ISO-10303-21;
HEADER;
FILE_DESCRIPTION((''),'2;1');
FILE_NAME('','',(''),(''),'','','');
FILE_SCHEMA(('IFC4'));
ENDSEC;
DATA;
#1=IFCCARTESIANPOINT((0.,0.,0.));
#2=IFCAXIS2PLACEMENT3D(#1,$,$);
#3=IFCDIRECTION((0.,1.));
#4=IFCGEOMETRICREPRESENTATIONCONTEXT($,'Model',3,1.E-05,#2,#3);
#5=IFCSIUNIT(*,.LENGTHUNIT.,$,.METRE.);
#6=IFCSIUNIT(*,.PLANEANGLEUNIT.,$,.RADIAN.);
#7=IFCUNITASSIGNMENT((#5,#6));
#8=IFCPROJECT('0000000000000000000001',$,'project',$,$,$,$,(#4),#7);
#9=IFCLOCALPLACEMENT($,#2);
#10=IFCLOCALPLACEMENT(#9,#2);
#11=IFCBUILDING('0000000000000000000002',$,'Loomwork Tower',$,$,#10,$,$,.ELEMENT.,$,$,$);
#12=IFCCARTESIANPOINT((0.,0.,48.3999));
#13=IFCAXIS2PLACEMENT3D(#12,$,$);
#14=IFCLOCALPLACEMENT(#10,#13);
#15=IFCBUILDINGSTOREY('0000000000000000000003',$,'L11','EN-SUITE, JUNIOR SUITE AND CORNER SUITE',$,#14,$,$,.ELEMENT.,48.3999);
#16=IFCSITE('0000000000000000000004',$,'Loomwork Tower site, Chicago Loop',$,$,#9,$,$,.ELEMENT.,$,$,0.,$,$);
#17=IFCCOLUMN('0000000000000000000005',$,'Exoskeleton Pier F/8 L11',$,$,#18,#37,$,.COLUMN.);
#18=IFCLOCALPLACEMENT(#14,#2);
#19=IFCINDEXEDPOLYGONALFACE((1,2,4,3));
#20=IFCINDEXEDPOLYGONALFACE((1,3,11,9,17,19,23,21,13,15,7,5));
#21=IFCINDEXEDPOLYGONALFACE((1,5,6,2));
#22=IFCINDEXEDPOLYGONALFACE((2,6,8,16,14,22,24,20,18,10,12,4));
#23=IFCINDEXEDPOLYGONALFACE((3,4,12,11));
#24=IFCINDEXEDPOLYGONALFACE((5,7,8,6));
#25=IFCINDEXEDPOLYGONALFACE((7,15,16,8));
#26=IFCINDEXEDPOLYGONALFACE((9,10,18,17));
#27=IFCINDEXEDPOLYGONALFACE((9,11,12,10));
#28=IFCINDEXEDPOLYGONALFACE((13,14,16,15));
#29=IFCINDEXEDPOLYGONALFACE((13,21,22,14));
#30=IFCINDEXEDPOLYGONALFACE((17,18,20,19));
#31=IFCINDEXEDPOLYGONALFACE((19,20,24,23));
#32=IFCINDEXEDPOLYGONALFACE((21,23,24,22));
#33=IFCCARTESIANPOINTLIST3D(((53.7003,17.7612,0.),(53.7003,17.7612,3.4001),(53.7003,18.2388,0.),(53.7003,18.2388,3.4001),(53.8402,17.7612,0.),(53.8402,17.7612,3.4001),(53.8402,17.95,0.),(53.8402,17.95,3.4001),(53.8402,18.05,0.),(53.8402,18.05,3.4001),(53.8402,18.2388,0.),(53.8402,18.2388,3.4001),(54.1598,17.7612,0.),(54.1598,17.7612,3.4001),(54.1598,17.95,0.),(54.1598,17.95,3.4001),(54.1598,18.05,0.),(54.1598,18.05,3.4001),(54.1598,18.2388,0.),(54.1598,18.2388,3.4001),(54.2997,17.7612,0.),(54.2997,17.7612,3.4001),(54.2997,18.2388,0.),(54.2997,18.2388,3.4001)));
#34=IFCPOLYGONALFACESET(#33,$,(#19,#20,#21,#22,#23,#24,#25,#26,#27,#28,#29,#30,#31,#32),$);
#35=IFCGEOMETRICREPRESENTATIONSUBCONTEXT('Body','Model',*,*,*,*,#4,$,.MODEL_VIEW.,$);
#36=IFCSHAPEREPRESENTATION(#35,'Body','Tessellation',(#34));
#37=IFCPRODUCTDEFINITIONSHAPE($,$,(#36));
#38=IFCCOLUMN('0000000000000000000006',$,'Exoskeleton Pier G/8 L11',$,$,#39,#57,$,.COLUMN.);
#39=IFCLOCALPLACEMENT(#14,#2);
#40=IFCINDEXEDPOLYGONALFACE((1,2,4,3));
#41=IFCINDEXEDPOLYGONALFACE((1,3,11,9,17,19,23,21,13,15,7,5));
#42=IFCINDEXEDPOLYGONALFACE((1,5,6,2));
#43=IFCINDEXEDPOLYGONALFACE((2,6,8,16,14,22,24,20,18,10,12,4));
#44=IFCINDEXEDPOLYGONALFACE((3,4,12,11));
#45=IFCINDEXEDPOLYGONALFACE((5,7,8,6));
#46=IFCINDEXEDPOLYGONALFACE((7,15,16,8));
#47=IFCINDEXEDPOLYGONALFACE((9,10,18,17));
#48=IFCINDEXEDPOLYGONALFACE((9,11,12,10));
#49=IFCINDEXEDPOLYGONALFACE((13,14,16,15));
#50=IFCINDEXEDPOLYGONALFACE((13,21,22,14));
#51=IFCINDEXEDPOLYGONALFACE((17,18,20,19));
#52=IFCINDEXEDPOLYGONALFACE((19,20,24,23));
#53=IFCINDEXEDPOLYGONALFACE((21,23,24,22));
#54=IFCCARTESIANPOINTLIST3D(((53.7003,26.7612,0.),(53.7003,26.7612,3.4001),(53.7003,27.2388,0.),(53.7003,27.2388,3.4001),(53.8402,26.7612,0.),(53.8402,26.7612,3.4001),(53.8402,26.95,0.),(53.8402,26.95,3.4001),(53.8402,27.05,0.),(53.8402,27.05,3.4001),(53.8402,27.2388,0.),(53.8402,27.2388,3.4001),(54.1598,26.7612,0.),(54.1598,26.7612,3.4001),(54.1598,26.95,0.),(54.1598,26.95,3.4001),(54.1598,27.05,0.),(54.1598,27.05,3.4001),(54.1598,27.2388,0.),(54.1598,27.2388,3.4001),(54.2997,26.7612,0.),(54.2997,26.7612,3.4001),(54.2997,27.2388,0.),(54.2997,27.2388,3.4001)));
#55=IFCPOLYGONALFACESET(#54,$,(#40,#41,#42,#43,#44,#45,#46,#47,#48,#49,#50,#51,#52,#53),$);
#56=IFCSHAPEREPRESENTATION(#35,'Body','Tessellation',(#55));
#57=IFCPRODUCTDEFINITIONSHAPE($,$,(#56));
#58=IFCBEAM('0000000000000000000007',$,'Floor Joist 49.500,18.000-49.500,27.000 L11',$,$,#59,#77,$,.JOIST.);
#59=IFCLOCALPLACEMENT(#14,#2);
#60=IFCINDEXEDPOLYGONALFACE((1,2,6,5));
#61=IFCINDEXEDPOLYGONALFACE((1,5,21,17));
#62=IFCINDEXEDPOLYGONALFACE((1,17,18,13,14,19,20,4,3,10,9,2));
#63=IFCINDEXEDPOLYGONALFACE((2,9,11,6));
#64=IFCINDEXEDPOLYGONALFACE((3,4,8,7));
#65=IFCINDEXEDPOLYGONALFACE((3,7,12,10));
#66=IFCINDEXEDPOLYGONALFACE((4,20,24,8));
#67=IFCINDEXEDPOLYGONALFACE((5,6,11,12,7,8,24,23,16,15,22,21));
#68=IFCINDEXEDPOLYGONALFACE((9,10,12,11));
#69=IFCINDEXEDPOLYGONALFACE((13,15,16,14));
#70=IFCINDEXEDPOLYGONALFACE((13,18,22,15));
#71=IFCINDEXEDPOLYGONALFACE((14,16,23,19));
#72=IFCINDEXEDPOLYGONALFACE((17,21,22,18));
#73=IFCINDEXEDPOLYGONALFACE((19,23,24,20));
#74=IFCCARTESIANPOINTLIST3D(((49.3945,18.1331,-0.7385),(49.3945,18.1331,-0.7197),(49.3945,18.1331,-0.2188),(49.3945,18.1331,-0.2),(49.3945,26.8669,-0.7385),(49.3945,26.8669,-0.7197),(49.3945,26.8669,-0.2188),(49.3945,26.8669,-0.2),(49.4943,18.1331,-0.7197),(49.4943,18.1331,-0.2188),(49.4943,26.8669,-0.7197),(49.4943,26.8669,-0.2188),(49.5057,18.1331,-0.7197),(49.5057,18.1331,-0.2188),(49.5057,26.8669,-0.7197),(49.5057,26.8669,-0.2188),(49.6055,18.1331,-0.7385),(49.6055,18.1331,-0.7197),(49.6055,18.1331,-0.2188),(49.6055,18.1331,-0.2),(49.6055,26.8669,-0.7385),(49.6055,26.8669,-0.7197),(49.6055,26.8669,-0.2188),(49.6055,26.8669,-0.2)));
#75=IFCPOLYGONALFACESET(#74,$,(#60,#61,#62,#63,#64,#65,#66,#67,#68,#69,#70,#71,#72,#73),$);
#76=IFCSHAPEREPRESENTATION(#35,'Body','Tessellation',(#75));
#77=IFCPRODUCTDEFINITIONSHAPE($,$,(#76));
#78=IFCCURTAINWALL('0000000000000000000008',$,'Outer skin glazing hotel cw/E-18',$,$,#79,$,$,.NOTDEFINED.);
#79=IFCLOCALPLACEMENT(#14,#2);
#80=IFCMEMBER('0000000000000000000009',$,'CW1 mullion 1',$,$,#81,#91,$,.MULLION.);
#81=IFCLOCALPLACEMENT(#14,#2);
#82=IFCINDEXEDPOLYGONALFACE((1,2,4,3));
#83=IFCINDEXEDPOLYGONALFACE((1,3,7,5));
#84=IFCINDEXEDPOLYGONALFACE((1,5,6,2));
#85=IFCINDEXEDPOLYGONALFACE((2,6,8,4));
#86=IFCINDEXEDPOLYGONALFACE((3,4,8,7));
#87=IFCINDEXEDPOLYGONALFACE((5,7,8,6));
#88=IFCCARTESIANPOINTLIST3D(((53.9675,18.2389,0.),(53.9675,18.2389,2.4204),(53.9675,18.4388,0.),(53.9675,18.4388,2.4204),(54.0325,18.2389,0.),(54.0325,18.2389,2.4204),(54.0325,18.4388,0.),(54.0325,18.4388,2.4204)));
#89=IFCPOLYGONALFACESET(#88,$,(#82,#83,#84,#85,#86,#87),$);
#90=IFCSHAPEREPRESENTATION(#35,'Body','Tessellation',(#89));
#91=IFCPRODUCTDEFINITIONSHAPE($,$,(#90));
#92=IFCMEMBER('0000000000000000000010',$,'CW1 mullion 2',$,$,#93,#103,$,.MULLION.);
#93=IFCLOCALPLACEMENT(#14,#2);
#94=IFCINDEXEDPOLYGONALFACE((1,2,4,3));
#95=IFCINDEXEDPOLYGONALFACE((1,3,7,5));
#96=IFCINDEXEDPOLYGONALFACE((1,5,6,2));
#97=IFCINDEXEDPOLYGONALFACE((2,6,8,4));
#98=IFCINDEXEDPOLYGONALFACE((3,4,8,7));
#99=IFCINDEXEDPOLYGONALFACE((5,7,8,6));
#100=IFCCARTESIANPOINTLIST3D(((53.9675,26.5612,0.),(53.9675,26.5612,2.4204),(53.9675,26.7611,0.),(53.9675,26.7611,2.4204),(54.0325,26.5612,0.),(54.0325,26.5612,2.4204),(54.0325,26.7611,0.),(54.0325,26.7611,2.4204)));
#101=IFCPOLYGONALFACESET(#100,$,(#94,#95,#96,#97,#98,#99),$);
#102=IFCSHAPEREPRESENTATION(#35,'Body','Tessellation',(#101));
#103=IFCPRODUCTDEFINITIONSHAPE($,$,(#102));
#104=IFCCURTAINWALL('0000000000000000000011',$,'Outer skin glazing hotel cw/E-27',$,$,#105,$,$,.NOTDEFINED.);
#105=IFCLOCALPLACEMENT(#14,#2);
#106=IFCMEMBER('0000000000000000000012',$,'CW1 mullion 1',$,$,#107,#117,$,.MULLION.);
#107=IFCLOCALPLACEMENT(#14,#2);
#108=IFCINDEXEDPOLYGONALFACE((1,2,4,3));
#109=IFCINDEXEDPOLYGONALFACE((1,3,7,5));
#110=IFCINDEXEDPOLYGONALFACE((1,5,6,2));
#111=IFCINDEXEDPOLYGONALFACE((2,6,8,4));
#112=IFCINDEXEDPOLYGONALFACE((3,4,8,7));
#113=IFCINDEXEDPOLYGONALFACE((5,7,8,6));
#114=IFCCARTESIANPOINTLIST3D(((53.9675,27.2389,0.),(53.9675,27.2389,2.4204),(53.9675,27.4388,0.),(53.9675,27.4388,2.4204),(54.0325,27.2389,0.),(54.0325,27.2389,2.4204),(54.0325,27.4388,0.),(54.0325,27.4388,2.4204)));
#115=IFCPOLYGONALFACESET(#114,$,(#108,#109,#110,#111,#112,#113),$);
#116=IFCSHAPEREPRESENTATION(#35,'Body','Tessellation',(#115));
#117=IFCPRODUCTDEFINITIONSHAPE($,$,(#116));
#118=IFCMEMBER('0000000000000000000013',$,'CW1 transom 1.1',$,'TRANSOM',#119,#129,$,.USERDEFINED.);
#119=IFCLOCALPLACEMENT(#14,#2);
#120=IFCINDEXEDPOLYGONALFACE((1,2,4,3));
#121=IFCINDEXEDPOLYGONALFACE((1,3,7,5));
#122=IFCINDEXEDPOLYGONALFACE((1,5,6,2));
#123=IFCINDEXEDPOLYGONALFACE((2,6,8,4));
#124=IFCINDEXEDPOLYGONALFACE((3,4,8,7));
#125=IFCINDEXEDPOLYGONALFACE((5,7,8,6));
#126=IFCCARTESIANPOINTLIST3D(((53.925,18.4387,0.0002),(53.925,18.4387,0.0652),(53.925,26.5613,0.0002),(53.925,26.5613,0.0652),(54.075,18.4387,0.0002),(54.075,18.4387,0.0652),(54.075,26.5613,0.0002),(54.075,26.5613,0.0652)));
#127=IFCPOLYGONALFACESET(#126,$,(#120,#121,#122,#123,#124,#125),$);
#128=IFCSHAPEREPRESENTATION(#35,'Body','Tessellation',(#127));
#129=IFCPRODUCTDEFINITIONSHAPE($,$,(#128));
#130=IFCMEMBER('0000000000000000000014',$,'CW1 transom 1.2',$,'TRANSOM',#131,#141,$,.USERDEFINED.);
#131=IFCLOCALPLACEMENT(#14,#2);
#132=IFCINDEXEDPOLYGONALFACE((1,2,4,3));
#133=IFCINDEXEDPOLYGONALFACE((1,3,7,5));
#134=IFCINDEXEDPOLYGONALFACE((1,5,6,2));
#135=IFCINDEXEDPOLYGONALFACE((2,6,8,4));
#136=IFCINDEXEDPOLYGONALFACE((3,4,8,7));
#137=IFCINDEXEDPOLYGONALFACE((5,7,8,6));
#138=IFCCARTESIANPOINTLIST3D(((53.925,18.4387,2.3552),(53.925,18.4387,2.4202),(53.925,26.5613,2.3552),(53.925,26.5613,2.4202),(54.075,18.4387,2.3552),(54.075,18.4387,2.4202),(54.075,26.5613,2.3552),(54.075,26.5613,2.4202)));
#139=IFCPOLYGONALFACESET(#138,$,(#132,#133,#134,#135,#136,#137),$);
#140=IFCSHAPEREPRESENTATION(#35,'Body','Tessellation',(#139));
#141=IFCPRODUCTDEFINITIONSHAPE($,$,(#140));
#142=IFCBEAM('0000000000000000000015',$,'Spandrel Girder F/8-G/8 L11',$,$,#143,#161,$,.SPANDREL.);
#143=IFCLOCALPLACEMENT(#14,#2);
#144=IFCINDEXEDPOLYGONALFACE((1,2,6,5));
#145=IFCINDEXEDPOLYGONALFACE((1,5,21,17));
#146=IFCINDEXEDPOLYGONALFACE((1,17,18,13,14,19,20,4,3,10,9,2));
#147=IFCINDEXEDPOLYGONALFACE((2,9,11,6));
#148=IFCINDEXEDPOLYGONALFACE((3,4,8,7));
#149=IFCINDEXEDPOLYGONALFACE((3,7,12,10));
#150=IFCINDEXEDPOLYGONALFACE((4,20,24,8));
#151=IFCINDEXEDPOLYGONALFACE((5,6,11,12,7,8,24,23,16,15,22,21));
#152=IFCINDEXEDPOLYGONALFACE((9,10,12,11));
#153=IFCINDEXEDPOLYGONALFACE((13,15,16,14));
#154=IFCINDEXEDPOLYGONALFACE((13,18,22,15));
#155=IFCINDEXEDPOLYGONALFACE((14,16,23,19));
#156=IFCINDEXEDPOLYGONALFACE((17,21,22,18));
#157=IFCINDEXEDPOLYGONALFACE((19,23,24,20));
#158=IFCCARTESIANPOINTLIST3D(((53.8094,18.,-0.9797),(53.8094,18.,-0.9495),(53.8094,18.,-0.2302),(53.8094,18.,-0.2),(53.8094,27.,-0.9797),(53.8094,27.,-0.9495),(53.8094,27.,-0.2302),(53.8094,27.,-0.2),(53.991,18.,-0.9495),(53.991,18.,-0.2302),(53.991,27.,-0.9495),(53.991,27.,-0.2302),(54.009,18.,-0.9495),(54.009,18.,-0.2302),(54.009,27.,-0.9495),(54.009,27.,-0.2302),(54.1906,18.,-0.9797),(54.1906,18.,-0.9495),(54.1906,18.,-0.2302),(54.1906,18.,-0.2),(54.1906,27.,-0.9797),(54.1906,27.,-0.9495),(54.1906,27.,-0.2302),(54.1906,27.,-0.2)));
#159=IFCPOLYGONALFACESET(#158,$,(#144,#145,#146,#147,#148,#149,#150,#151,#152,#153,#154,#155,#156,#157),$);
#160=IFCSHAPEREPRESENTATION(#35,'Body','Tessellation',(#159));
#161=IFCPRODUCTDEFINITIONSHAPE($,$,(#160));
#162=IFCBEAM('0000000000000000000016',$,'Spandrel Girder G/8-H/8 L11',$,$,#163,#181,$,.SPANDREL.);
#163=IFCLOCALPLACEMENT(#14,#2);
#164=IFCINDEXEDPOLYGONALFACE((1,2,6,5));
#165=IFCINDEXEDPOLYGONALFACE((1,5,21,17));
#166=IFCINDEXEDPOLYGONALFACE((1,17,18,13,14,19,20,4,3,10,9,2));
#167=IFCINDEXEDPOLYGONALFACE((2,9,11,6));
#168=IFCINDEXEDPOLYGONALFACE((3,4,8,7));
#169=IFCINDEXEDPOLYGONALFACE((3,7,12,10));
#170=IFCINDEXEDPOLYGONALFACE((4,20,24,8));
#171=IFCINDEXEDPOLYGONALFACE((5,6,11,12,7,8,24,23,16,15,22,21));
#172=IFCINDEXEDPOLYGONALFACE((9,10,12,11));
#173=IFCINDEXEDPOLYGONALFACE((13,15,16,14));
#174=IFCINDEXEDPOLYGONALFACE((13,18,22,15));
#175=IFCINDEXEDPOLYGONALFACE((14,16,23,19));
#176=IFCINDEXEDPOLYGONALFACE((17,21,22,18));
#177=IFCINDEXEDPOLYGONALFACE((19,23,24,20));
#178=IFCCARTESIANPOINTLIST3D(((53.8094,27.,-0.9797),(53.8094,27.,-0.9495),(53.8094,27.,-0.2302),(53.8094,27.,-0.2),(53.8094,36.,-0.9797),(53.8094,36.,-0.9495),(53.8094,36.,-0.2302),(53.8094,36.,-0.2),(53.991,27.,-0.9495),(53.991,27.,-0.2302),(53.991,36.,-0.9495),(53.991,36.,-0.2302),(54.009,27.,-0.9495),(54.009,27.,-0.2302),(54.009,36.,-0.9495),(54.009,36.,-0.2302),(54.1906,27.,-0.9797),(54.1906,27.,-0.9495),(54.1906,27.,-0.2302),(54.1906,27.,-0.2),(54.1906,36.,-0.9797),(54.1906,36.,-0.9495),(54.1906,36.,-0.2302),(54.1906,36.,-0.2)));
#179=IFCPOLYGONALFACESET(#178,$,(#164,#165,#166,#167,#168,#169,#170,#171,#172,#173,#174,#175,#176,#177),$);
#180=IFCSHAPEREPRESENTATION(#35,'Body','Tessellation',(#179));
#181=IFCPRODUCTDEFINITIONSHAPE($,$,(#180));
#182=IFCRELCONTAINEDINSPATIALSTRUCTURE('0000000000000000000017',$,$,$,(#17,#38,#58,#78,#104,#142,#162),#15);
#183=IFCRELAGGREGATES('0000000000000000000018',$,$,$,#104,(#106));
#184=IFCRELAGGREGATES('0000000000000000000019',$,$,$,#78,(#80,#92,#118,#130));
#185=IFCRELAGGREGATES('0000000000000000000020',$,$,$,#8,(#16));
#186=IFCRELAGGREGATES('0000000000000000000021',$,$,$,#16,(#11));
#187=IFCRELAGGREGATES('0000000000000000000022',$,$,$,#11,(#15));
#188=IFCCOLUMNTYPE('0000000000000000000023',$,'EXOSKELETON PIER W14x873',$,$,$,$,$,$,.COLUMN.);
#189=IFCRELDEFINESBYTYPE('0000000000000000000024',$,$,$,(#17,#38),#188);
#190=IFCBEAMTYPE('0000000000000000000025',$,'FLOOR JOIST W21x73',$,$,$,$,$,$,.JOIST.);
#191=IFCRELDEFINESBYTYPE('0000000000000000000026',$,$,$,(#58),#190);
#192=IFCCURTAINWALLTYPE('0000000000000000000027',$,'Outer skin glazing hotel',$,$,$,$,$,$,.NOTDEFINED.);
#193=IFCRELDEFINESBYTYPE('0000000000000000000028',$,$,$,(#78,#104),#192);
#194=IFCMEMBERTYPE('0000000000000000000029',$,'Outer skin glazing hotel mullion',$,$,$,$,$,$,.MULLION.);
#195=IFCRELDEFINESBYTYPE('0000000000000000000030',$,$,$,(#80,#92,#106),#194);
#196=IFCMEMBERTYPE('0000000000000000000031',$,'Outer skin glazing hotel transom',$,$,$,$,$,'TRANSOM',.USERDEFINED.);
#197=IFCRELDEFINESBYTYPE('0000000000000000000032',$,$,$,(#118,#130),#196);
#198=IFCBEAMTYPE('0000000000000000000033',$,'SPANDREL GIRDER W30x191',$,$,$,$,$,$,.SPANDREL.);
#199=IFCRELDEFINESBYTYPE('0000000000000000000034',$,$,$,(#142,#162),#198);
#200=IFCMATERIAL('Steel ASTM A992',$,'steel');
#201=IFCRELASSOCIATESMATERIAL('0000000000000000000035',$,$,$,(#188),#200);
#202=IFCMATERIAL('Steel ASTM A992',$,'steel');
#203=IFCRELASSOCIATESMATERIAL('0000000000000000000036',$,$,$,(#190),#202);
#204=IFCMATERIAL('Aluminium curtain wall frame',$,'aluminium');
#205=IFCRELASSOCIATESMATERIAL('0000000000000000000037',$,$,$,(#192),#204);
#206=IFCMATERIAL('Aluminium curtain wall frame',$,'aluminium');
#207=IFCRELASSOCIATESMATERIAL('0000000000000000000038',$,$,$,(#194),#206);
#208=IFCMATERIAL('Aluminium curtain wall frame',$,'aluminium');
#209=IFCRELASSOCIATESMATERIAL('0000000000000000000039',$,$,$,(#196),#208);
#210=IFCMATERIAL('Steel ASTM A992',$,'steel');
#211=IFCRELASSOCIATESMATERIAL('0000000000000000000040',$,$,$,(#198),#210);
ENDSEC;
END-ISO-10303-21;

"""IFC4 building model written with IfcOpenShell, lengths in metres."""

from ifc_helpers import new_model, si_unit, direction, frame, origin, origin_2d, place, context, subcontext, project, spatial, rectangle, i_section, extrude, material, material_profile, profile_set, type_object, element, aggregate, save


model = new_model("IFC4")

# Units and contexts
model_context = context("Model", 3, precision=1e-05, world=origin(), true_north=direction((0.0, 1.0)))
body_context = subcontext(model_context, "Body", "Model", "MODEL_VIEW")
ifc_project = project(units=[si_unit("LENGTHUNIT", "METRE"), si_unit("PLANEANGLEUNIT", "RADIAN")], contexts=[model_context])

# Site, building, storey
site_placement = place(None, origin())
site = spatial("IfcSite", under=ifc_project, at=site_placement, Name="Loomwork Tower site, Chicago Loop", CompositionType="ELEMENT", RefElevation=0.0)
building_placement = place(site_placement, origin())
building = spatial("IfcBuilding", under=site, at=building_placement, Name="Loomwork Tower", CompositionType="ELEMENT")
storey_placement = place(building_placement, frame((0.0, 0.0, 48.3999)))
storey = spatial("IfcBuildingStorey", under=building, at=storey_placement, Name="L11", Description="EN-SUITE, JUNIOR SUITE AND CORNER SUITE", CompositionType="ELEMENT", Elevation=48.3999)

# Columns
ifc_material_1 = material(Name="Steel ASTM A992", Category="steel")
ifc_material_profile_1 = material_profile(ifc_material_1, i_section(OverallWidth=0.4775, OverallDepth=0.5994, WebThickness=0.1001, FlangeThickness=0.1399, at=origin_2d()), Name="W14x873")
ifc_profile_set_1 = profile_set([ifc_material_profile_1], Name="Steel ASTM A992")
column_type = type_object("IfcColumnType", Name="EXOSKELETON PIER W14x873", PredefinedType="COLUMN", material=ifc_profile_set_1)
for number, where, z_axis, x_axis, name in (
    (1, (54.0, 18.0, 0.0), (0.0, 0.0, 1.0), (0.0, 1.0, 0.0), "Exoskeleton Pier F/8 L11"),
    (2, (54.0, 27.0, 0.0), (0.0, 0.0, 1.0), (0.0, 1.0, 0.0), "Exoskeleton Pier G/8 L11"),
):
    element("IfcColumn", number, at=place(storey_placement, frame(where, z_axis=z_axis, x_axis=x_axis)), inside=storey, type_object=column_type, Name=name, PredefinedType="COLUMN", context=body_context, shape_type="SweptSolid", body=[
        extrude(i_section(OverallWidth=0.4775, OverallDepth=0.5994, WebThickness=0.1001, FlangeThickness=0.1399, at=origin_2d()), origin(), (0.0, 0.0, 1.0), 3.4001),
    ])

# Beam
ifc_material_2 = material(Name="Steel ASTM A992", Category="steel")
ifc_material_profile_2 = material_profile(ifc_material_2, i_section(OverallWidth=0.2109, OverallDepth=0.5386, WebThickness=0.0115, FlangeThickness=0.0188, at=origin_2d()), Name="W21x73")
ifc_profile_set_2 = profile_set([ifc_material_profile_2], Name="Steel ASTM A992")
beam_type_1 = type_object("IfcBeamType", Name="FLOOR JOIST W21x73", PredefinedType="JOIST", material=ifc_profile_set_2)
beam_placement = place(storey_placement, frame((49.5, 18.1331, -0.4692), z_axis=(0.0, 1.0, 0.0), x_axis=(-1.0, 0.0, 0.0)))
element("IfcBeam", 3, at=beam_placement, inside=storey, type_object=beam_type_1, Name="Floor Joist 49.500,18.000-49.500,27.000 L11", PredefinedType="JOIST", context=body_context, shape_type="SweptSolid", body=[
    extrude(i_section(OverallWidth=0.2109, OverallDepth=0.5386, WebThickness=0.0115, FlangeThickness=0.0188, at=origin_2d()), origin(), (0.0, 0.0, 1.0), 8.7339),
])

# Curtain wall, members
ifc_material_3 = material(Name="Aluminium curtain wall frame", Category="aluminium")
curtain_wall_type = type_object("IfcCurtainWallType", Name="Outer skin glazing hotel", PredefinedType="NOTDEFINED", material=ifc_material_3)
curtain_wall_1_placement = place(storey_placement, origin())
curtain_wall_1 = element("IfcCurtainWall", 4, at=curtain_wall_1_placement, inside=storey, type_object=curtain_wall_type, Name="Outer skin glazing hotel cw/E-18", PredefinedType="NOTDEFINED")
ifc_material_4 = material(Name="Aluminium curtain wall frame", Category="aluminium")
ifc_material_profile_3 = material_profile(ifc_material_4, rectangle(XDim=0.0649, YDim=0.2, at=origin_2d()), Name="AL 65x200")
ifc_profile_set_3 = profile_set([ifc_material_profile_3], Name="Aluminium curtain wall frame")
member_type_1 = type_object("IfcMemberType", Name="Outer skin glazing hotel mullion", PredefinedType="MULLION", material=ifc_profile_set_3)
member_1_placement = place(storey_placement, frame((54.0, 18.3389, 0.0), z_axis=(0.0, 0.0, 1.0), x_axis=(-1.0, 0.0, 0.0)))
member_1 = element("IfcMember", 5, at=member_1_placement, type_object=member_type_1, Name="CW1 mullion 1", PredefinedType="MULLION", context=body_context, shape_type="SweptSolid", body=[
    extrude(rectangle(XDim=0.0649, YDim=0.2, at=origin_2d()), origin(), (0.0, 0.0, 1.0), 2.4204),
])
member_2_placement = place(storey_placement, frame((54.0, 26.6611, 0.0), z_axis=(0.0, 0.0, 1.0), x_axis=(-1.0, 0.0, 0.0)))
member_2 = element("IfcMember", 6, at=member_2_placement, type_object=member_type_1, Name="CW1 mullion 2", PredefinedType="MULLION", context=body_context, shape_type="SweptSolid", body=[
    extrude(rectangle(XDim=0.0649, YDim=0.2, at=origin_2d()), origin(), (0.0, 0.0, 1.0), 2.4204),
])

# Curtain wall, member
curtain_wall_2_placement = place(storey_placement, origin())
curtain_wall_2 = element("IfcCurtainWall", 7, at=curtain_wall_2_placement, inside=storey, type_object=curtain_wall_type, Name="Outer skin glazing hotel cw/E-27", PredefinedType="NOTDEFINED")
member_3_placement = place(storey_placement, frame((54.0, 27.3389, 0.0), z_axis=(0.0, 0.0, 1.0), x_axis=(-1.0, 0.0, 0.0)))
member_3 = element("IfcMember", 8, at=member_3_placement, type_object=member_type_1, Name="CW1 mullion 1", PredefinedType="MULLION", context=body_context, shape_type="SweptSolid", body=[
    extrude(rectangle(XDim=0.0649, YDim=0.2, at=origin_2d()), origin(), (0.0, 0.0, 1.0), 2.4204),
])
aggregate(curtain_wall_2, [member_3])

# Members
ifc_material_5 = material(Name="Aluminium curtain wall frame", Category="aluminium")
ifc_material_profile_4 = material_profile(ifc_material_5, rectangle(XDim=0.1499, YDim=0.0649, at=origin_2d()), Name="AL 65x150")
ifc_profile_set_4 = profile_set([ifc_material_profile_4], Name="Aluminium curtain wall frame")
member_type_2 = type_object("IfcMemberType", Name="Outer skin glazing hotel transom", ElementType="TRANSOM", PredefinedType="USERDEFINED", material=ifc_profile_set_4)
member_4_placement = place(storey_placement, frame((54.0, 18.4387, 0.0327), z_axis=(0.0, 1.0, 0.0), x_axis=(-1.0, 0.0, 0.0)))
member_4 = element("IfcMember", 9, at=member_4_placement, type_object=member_type_2, Name="CW1 transom 1.1", ObjectType="TRANSOM", PredefinedType="USERDEFINED", context=body_context, shape_type="SweptSolid", body=[
    extrude(rectangle(XDim=0.1499, YDim=0.0649, at=origin_2d()), origin(), (0.0, 0.0, 1.0), 8.1226),
])
member_5_placement = place(storey_placement, frame((54.0, 18.4387, 2.3877), z_axis=(0.0, 1.0, 0.0), x_axis=(-1.0, 0.0, 0.0)))
member_5 = element("IfcMember", 10, at=member_5_placement, type_object=member_type_2, Name="CW1 transom 1.2", ObjectType="TRANSOM", PredefinedType="USERDEFINED", context=body_context, shape_type="SweptSolid", body=[
    extrude(rectangle(XDim=0.1499, YDim=0.0649, at=origin_2d()), origin(), (0.0, 0.0, 1.0), 8.1226),
])

# Beams
ifc_material_6 = material(Name="Steel ASTM A992", Category="steel")
ifc_material_profile_5 = material_profile(ifc_material_6, i_section(OverallWidth=0.3811, OverallDepth=0.7798, WebThickness=0.0181, FlangeThickness=0.0303, at=origin_2d()), Name="W30x191")
ifc_profile_set_5 = profile_set([ifc_material_profile_5], Name="Steel ASTM A992")
beam_type_2 = type_object("IfcBeamType", Name="SPANDREL GIRDER W30x191", PredefinedType="SPANDREL", material=ifc_profile_set_5)
for number, where, z_axis, x_axis, name in (
    (11, (54.0, 18.0, -0.5898), (0.0, 1.0, 0.0), (-1.0, 0.0, 0.0), "Spandrel Girder F/8-G/8 L11"),
    (12, (54.0, 27.0, -0.5898), (0.0, 1.0, 0.0), (-1.0, 0.0, 0.0), "Spandrel Girder G/8-H/8 L11"),
):
    element("IfcBeam", number, at=place(storey_placement, frame(where, z_axis=z_axis, x_axis=x_axis)), inside=storey, type_object=beam_type_2, Name=name, PredefinedType="SPANDREL", context=body_context, shape_type="SweptSolid", body=[
        extrude(i_section(OverallWidth=0.3811, OverallDepth=0.7798, WebThickness=0.0181, FlangeThickness=0.0303, at=origin_2d()), origin(), (0.0, 0.0, 1.0), 9.0),
    ])

aggregate(curtain_wall_1, [member_1, member_2, member_4, member_5])

save(model, "model.ifc")
